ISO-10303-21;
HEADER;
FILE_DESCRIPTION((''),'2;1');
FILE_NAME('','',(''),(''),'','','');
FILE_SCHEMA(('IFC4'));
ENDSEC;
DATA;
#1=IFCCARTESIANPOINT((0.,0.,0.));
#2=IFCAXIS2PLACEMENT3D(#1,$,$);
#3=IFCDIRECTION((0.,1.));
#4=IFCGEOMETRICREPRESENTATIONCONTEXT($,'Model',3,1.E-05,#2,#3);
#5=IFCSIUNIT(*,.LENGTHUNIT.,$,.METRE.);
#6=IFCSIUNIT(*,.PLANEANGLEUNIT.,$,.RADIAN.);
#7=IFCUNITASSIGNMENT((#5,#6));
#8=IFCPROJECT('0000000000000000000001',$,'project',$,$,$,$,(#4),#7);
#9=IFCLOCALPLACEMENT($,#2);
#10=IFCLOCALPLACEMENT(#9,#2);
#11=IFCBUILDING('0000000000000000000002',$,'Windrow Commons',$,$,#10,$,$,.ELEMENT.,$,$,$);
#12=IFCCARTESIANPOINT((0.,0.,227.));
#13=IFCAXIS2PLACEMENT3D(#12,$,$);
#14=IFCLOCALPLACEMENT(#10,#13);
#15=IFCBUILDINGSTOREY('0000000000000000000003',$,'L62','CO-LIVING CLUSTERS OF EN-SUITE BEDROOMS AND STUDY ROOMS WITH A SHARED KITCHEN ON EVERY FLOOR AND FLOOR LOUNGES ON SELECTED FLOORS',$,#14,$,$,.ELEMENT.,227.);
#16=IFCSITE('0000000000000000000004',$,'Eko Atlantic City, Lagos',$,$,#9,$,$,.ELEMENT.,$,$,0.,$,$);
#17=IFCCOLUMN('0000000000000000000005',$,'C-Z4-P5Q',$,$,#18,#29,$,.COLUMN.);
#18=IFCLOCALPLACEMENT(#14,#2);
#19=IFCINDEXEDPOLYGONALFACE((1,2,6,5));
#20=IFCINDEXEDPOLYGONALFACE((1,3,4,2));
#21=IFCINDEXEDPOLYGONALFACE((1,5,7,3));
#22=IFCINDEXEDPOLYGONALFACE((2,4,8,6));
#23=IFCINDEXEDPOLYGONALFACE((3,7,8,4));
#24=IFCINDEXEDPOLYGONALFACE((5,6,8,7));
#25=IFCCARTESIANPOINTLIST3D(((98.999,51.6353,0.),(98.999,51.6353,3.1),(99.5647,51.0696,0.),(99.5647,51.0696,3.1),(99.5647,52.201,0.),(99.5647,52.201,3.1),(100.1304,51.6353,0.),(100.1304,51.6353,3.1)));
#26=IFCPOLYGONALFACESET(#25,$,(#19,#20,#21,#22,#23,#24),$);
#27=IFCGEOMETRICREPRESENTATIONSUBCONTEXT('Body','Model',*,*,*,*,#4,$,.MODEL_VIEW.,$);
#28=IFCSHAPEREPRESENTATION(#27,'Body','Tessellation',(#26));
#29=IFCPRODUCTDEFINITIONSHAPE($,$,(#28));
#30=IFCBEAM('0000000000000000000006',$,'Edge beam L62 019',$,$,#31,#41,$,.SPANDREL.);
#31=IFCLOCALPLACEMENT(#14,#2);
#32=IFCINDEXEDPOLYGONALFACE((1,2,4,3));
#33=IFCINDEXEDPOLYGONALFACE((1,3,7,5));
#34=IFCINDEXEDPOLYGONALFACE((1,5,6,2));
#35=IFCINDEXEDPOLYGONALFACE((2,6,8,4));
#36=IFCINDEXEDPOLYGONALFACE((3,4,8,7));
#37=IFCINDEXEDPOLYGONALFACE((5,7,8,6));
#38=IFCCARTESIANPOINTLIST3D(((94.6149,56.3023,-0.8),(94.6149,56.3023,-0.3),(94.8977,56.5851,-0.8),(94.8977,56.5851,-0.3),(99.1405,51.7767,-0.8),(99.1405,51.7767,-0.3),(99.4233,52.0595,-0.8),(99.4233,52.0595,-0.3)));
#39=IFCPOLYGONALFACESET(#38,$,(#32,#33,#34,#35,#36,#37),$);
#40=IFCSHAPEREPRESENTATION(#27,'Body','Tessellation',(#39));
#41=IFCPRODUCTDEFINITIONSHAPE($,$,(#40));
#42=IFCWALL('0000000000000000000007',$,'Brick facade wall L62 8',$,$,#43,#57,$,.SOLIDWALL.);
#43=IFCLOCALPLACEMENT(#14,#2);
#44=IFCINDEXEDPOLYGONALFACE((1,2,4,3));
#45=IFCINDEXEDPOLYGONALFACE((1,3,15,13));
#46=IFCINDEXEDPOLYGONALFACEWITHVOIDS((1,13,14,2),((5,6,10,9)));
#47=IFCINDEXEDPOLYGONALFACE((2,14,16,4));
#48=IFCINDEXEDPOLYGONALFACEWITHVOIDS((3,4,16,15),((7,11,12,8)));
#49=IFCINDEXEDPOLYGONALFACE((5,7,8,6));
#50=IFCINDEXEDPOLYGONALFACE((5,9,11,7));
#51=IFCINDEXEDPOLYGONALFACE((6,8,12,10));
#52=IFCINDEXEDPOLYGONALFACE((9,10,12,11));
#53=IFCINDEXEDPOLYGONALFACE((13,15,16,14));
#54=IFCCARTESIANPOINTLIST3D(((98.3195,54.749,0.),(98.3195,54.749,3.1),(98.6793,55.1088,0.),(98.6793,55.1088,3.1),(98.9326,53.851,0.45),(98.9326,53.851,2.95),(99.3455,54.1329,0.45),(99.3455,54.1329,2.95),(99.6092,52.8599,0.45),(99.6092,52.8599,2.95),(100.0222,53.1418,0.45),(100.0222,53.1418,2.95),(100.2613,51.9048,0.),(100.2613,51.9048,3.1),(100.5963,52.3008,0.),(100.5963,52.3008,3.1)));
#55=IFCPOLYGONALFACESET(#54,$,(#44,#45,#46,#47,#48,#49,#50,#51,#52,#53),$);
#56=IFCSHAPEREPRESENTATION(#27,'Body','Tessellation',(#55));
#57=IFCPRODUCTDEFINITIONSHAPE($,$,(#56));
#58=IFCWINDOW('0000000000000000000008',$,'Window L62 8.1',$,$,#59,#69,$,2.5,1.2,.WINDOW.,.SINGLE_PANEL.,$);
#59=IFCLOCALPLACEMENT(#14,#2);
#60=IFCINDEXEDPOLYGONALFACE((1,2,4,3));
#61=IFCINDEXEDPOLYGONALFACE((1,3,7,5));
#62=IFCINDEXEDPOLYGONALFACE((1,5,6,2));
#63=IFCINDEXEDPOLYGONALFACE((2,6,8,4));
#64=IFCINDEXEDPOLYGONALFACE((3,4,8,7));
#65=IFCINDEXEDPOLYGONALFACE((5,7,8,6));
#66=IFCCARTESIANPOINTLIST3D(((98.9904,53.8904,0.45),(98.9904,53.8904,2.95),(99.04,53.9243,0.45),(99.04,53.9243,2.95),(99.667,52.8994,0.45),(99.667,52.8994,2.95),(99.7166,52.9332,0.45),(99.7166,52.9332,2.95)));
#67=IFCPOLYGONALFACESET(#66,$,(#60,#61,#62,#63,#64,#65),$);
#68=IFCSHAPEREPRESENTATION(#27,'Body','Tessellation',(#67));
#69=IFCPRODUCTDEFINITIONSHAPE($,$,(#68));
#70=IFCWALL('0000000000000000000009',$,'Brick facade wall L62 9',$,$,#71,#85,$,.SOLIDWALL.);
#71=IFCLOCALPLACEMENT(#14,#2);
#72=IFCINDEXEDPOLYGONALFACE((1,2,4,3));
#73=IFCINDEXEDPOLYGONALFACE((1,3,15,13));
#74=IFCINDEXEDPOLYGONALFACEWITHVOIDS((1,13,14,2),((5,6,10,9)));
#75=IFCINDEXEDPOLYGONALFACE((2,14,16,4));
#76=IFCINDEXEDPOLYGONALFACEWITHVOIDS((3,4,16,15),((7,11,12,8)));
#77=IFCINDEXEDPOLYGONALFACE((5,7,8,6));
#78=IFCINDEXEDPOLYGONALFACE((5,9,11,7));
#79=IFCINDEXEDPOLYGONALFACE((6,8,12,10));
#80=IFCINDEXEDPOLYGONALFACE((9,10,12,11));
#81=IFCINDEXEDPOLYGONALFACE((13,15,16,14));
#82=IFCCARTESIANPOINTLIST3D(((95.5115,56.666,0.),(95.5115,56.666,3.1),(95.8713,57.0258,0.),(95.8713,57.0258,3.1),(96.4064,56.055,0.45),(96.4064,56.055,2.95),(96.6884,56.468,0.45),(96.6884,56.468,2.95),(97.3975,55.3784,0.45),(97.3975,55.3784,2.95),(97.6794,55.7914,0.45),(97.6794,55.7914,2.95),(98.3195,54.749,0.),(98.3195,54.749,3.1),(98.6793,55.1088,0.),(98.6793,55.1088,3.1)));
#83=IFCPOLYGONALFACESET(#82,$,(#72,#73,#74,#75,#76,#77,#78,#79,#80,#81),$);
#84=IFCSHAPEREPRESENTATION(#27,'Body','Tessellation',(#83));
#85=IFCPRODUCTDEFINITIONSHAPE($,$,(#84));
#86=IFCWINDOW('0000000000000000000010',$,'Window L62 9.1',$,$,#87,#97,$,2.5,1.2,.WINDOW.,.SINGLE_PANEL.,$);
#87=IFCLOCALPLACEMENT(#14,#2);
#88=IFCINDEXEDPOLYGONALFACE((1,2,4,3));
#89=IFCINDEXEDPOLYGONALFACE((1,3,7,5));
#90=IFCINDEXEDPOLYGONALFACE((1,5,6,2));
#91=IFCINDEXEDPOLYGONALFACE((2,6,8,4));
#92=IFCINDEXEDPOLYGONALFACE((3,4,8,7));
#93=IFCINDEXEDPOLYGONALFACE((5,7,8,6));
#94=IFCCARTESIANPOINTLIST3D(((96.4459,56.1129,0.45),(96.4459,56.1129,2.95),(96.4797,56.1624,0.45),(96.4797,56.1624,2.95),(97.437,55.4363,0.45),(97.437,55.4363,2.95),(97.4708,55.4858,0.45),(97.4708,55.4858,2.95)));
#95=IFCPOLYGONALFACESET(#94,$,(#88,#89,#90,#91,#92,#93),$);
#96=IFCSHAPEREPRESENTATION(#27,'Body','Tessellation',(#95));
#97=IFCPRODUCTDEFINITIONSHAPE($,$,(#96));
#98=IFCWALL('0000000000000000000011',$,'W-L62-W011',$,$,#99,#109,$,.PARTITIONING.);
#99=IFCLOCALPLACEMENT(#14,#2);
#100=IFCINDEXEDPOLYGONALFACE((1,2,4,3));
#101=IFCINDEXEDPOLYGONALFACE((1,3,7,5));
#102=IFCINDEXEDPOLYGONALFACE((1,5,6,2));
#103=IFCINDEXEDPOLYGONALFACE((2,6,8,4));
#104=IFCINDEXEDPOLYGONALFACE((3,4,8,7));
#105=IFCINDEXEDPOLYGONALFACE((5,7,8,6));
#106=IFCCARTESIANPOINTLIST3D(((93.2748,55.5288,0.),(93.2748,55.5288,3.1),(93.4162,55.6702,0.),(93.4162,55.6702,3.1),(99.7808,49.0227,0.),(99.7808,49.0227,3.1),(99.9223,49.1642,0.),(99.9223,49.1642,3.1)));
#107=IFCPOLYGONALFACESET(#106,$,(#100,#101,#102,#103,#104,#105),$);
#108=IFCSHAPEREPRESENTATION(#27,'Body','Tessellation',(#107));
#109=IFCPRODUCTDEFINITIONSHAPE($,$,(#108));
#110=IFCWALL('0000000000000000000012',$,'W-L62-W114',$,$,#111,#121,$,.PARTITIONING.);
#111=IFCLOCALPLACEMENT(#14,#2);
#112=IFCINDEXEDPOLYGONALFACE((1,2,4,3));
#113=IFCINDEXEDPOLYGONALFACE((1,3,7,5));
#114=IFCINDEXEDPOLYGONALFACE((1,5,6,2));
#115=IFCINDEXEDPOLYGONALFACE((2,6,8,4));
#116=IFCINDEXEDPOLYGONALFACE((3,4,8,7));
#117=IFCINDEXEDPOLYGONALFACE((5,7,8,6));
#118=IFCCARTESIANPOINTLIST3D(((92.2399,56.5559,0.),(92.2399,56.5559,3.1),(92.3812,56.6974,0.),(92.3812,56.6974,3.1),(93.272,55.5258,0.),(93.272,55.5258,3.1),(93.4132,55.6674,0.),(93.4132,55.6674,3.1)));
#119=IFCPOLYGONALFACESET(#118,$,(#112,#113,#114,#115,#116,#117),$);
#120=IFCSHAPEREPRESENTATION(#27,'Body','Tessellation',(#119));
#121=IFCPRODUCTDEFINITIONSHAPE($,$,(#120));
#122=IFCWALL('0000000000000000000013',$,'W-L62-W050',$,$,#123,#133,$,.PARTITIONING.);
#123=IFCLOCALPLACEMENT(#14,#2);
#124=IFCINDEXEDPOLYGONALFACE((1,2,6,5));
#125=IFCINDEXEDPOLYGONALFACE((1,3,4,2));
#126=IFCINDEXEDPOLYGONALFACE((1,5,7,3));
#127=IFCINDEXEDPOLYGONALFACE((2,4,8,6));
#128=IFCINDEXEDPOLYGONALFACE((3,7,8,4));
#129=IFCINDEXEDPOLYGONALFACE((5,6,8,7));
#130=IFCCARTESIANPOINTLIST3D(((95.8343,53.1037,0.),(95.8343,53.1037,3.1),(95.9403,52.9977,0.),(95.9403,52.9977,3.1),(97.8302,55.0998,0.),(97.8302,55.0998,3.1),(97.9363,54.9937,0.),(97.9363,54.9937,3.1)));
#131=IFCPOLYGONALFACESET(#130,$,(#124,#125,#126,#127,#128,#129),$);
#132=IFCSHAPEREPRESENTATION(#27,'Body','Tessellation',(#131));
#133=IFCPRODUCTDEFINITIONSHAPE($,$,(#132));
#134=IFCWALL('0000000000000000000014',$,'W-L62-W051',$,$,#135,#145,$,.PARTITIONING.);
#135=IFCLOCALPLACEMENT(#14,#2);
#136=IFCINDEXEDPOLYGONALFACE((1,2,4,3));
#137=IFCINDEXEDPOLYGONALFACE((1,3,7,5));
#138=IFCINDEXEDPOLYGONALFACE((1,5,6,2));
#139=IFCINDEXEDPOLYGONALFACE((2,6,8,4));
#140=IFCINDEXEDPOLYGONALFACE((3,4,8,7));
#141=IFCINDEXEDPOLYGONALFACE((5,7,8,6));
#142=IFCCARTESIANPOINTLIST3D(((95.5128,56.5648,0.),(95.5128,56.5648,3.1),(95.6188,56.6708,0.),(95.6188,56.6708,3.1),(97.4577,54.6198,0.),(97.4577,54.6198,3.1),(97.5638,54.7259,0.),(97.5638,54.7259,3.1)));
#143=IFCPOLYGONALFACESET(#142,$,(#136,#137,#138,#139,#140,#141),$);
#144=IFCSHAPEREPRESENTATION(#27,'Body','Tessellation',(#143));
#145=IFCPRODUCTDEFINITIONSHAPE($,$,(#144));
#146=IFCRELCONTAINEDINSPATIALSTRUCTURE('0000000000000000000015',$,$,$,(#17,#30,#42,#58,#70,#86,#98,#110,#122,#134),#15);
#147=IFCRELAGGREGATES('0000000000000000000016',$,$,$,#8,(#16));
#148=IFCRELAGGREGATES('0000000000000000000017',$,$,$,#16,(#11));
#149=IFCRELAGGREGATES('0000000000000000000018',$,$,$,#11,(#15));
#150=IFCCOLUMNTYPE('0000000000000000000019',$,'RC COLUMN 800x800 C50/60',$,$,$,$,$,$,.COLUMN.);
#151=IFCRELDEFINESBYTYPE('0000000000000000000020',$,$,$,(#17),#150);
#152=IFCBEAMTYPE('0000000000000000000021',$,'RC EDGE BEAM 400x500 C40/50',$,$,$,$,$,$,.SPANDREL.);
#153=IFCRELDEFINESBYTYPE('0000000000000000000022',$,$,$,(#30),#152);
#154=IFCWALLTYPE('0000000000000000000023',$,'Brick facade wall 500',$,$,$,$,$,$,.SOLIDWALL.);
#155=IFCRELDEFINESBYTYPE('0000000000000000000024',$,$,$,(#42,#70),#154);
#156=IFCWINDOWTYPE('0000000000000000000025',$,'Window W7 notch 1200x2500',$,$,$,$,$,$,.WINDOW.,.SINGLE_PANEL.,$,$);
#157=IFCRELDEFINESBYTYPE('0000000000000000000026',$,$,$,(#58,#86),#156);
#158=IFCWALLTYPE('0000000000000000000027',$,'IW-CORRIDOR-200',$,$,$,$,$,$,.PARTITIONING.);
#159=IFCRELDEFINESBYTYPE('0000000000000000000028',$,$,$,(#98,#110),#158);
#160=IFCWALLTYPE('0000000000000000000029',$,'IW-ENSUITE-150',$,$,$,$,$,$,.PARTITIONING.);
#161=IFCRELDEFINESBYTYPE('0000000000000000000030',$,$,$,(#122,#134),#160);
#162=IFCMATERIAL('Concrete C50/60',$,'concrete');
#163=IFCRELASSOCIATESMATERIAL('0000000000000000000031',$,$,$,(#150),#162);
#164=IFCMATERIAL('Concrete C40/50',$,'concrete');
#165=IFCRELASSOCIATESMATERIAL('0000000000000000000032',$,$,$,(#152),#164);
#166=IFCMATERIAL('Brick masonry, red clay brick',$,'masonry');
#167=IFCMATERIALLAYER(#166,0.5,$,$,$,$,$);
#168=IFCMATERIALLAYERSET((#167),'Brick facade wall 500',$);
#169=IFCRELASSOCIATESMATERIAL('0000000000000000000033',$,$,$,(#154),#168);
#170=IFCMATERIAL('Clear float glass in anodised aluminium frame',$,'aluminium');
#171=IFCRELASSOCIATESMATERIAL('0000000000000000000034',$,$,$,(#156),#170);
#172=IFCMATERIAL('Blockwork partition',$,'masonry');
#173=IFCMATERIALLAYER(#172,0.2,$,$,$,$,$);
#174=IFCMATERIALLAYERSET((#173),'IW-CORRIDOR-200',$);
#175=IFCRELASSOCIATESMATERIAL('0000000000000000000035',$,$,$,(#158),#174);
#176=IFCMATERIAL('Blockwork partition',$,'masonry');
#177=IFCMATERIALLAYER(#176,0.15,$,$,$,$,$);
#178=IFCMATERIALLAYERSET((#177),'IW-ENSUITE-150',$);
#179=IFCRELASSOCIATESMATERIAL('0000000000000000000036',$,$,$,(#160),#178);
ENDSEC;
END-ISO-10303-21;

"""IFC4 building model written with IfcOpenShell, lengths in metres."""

from ifc_helpers import new_model, si_unit, direction, frame, frame_2d, origin, origin_2d, place, context, subcontext, project, spatial, polyline, rectangle, outline, extrude, material, layer, layer_set, material_profile, profile_set, type_object, element, fill, save


model = new_model("IFC4")

# Units and contexts
model_context = context("Model", 3, precision=1e-05, world=origin(), true_north=direction((0.0, 1.0)))
body_context = subcontext(model_context, "Body", "Model", "MODEL_VIEW")
ifc_project = project(units=[si_unit("LENGTHUNIT", "METRE"), si_unit("PLANEANGLEUNIT", "RADIAN")], contexts=[model_context])

# Site, building, storey
site_placement = place(None, origin())
site = spatial("IfcSite", under=ifc_project, at=site_placement, Name="Eko Atlantic City, Lagos", CompositionType="ELEMENT", RefElevation=0.0)
building_placement = place(site_placement, origin())
building = spatial("IfcBuilding", under=site, at=building_placement, Name="Windrow Commons", CompositionType="ELEMENT")
storey_placement = place(building_placement, frame((0.0, 0.0, 227.0)))
storey = spatial("IfcBuildingStorey", under=building, at=storey_placement, Name="L62", Description="CO-LIVING CLUSTERS OF EN-SUITE BEDROOMS AND STUDY ROOMS WITH A SHARED KITCHEN ON EVERY FLOOR AND FLOOR LOUNGES ON SELECTED FLOORS", CompositionType="ELEMENT", Elevation=227.0)

# Column
ifc_material_1 = material(Name="Concrete C50/60", Category="concrete")
ifc_material_profile_1 = material_profile(ifc_material_1, rectangle(XDim=0.8, YDim=0.8, at=origin_2d()))
ifc_profile_set_1 = profile_set([ifc_material_profile_1], Name="Concrete C50/60")
column_type = type_object("IfcColumnType", Name="RC COLUMN 800x800 C50/60", PredefinedType="COLUMN", material=ifc_profile_set_1)
column_placement = place(storey_placement, frame((99.5647, 51.6353, 0.0), z_axis=(0.0, 0.0, 1.0), x_axis=(0.707107, -0.707107, 0.0)))
element("IfcColumn", 1, at=column_placement, inside=storey, type_object=column_type, Name="C-Z4-P5Q", PredefinedType="COLUMN", context=body_context, shape_type="SweptSolid", body=[
    extrude(rectangle(XDim=0.8, YDim=0.8, at=origin_2d()), origin(), (0.0, 0.0, 1.0), 3.1),
])

# Beam
ifc_material_2 = material(Name="Concrete C40/50", Category="concrete")
ifc_material_profile_2 = material_profile(ifc_material_2, rectangle(XDim=0.4, YDim=0.5, at=origin_2d()))
ifc_profile_set_2 = profile_set([ifc_material_profile_2], Name="Concrete C40/50")
beam_type = type_object("IfcBeamType", Name="RC EDGE BEAM 400x500 C40/50", PredefinedType="SPANDREL", material=ifc_profile_set_2)
beam_placement = place(storey_placement, frame((94.7563, 56.4437, -0.55), z_axis=(0.707107, -0.707107, 0.0), x_axis=(0.707107, 0.707107, 0.0)))
element("IfcBeam", 2, at=beam_placement, inside=storey, type_object=beam_type, Name="Edge beam L62 019", PredefinedType="SPANDREL", context=body_context, shape_type="SweptSolid", body=[
    extrude(rectangle(XDim=0.4, YDim=0.5, at=origin_2d()), origin(), (0.0, 0.0, 1.0), 6.4002),
])

# Walls, openings, windows
ifc_material_3 = material(Name="Brick masonry, red clay brick", Category="masonry")
ifc_layer_1 = layer(ifc_material_3, 0.5)
ifc_layer_set_1 = layer_set([ifc_layer_1], Name="Brick facade wall 500")
wall_type_1 = type_object("IfcWallType", Name="Brick facade wall 500", PredefinedType="SOLIDWALL", material=ifc_layer_set_1)
wall_1_placement = place(storey_placement, frame((100.4288, 52.1028, 0.0), z_axis=(0.0, 0.0, 1.0), x_axis=(-0.563838, 0.825885, 0.0)))
wall_1 = element("IfcWall", 3, at=wall_1_placement, inside=storey, type_object=wall_type_1, Name="Brick facade wall L62 8", PredefinedType="SOLIDWALL", context=body_context, shape_type="SweptSolid", body=[
    extrude(outline(polyline([(0.0691, -0.25), (3.469, -0.25), (3.3747, 0.25), (-0.0691, 0.25), (0.0691, -0.25)])), origin(), (0.0, 0.0, 1.0), 3.1),
])
opening_1_placement = place(wall_1_placement, frame((1.0874, 0.0, 0.45)))
opening_1 = element("IfcOpeningElement", 4, at=opening_1_placement, cuts=wall_1, PredefinedType="OPENING", context=body_context, shape_type="SweptSolid", body=[
    extrude(rectangle(XDim=1.2, YDim=2.5, at=frame_2d((0.6, 1.25))), frame((0.0, 0.26, 0.0), z_axis=(0.0, -1.0, 0.0), x_axis=(1.0, 0.0, 0.0)), (0.0, 0.0, 1.0), 0.52),
])
ifc_material_4 = material(Name="Clear float glass in anodised aluminium frame", Category="aluminium")
window_type = type_object("IfcWindowType", Name="Window W7 notch 1200x2500", PartitioningType="SINGLE_PANEL", PredefinedType="WINDOW", material=ifc_material_4)
window_1_placement = place(opening_1_placement, origin())
window_1 = element("IfcWindow", 5, at=window_1_placement, inside=storey, type_object=window_type, Name="Window L62 8.1", OverallHeight=2.5, OverallWidth=1.2, PartitioningType="SINGLE_PANEL", PredefinedType="WINDOW", context=body_context, shape_type="SweptSolid", body=[
    extrude(rectangle(XDim=1.2, YDim=2.5, at=frame_2d((0.6, 1.25))), frame((0.0, 0.18, 0.0), z_axis=(0.0, -1.0, 0.0), x_axis=(1.0, 0.0, 0.0)), (0.0, 0.0, 1.0), 0.06),
])
fill(opening_1, window_1)
wall_2_placement = place(storey_placement, frame((98.4994, 54.9289, 0.0), z_axis=(0.0, 0.0, 1.0), x_axis=(-0.825891, 0.56383, 0.0)))
wall_2 = element("IfcWall", 6, at=wall_2_placement, inside=storey, type_object=wall_type_1, Name="Brick facade wall L62 9", PredefinedType="SOLIDWALL", context=body_context, shape_type="SweptSolid", body=[
    extrude(outline(polyline([(-0.0471, -0.25), (3.3528, -0.25), (3.4471, 0.25), (0.0471, 0.25), (-0.0471, -0.25)])), origin(), (0.0, 0.0, 1.0), 3.1),
])
opening_2_placement = place(wall_2_placement, frame((1.1635, 0.0, 0.45)))
opening_2 = element("IfcOpeningElement", 7, at=opening_2_placement, cuts=wall_2, PredefinedType="OPENING", context=body_context, shape_type="SweptSolid", body=[
    extrude(rectangle(XDim=1.2, YDim=2.5, at=frame_2d((0.6, 1.25))), frame((0.0, 0.26, 0.0), z_axis=(0.0, -1.0, 0.0), x_axis=(1.0, 0.0, 0.0)), (0.0, 0.0, 1.0), 0.52),
])
window_2_placement = place(opening_2_placement, origin())
window_2 = element("IfcWindow", 8, at=window_2_placement, inside=storey, type_object=window_type, Name="Window L62 9.1", OverallHeight=2.5, OverallWidth=1.2, PartitioningType="SINGLE_PANEL", PredefinedType="WINDOW", context=body_context, shape_type="SweptSolid", body=[
    extrude(rectangle(XDim=1.2, YDim=2.5, at=frame_2d((0.6, 1.25))), frame((0.0, 0.18, 0.0), z_axis=(0.0, -1.0, 0.0), x_axis=(1.0, 0.0, 0.0)), (0.0, 0.0, 1.0), 0.06),
])
fill(opening_2, window_2)

# Walls
ifc_material_5 = material(Name="Blockwork partition", Category="masonry")
ifc_layer_2 = layer(ifc_material_5, 0.2)
ifc_layer_set_2 = layer_set([ifc_layer_2], Name="IW-CORRIDOR-200")
wall_type_2 = type_object("IfcWallType", Name="IW-CORRIDOR-200", PredefinedType="PARTITIONING", material=ifc_layer_set_2)
wall_3_placement = place(storey_placement, frame((93.3455, 55.5995, 0.0), z_axis=(0.0, 0.0, 1.0), x_axis=(0.707107, -0.707107, 0.0)))
element("IfcWall", 9, at=wall_3_placement, inside=storey, type_object=wall_type_2, Name="W-L62-W011", PredefinedType="PARTITIONING", context=body_context, shape_type="SweptSolid", body=[
    extrude(rectangle(XDim=9.2009, YDim=0.2, at=frame_2d((4.6005, 0.0))), origin(), (0.0, 0.0, 1.0), 3.1),
])
wall_4_placement = place(storey_placement, frame((92.3106, 56.6266, 0.0), z_axis=(0.0, 0.0, 1.0), x_axis=(0.707792, -0.706421, 0.0)))
element("IfcWall", 10, at=wall_4_placement, inside=storey, type_object=wall_type_2, Name="W-L62-W114", PredefinedType="PARTITIONING", context=body_context, shape_type="SweptSolid", body=[
    extrude(rectangle(XDim=1.4581, YDim=0.2, at=frame_2d((0.729, 0.0))), origin(), (0.0, 0.0, 1.0), 3.1),
])
ifc_material_6 = material(Name="Blockwork partition", Category="masonry")
ifc_layer_3 = layer(ifc_material_6, 0.15)
ifc_layer_set_3 = layer_set([ifc_layer_3], Name="IW-ENSUITE-150")
wall_type_3 = type_object("IfcWallType", Name="IW-ENSUITE-150", PredefinedType="PARTITIONING", material=ifc_layer_set_3)
wall_5_placement = place(storey_placement, frame((95.8873, 53.0507, 0.0), z_axis=(0.0, 0.0, 1.0), x_axis=(0.707089, 0.707124, 0.0)))
element("IfcWall", 11, at=wall_5_placement, inside=storey, type_object=wall_type_3, Name="W-L62-W050", PredefinedType="PARTITIONING", context=body_context, shape_type="SweptSolid", body=[
    extrude(rectangle(XDim=2.8228, YDim=0.15, at=frame_2d((1.4114, 0.0))), origin(), (0.0, 0.0, 1.0), 3.1),
])
wall_6_placement = place(storey_placement, frame((95.5658, 56.6178, 0.0), z_axis=(0.0, 0.0, 1.0), x_axis=(0.707107, -0.707107, 0.0)))
element("IfcWall", 12, at=wall_6_placement, inside=storey, type_object=wall_type_3, Name="W-L62-W051", PredefinedType="PARTITIONING", context=body_context, shape_type="SweptSolid", body=[
    extrude(rectangle(XDim=2.7506, YDim=0.15, at=frame_2d((1.3753, 0.0))), origin(), (0.0, 0.0, 1.0), 3.1),
])

save(model, "model.ifc")
